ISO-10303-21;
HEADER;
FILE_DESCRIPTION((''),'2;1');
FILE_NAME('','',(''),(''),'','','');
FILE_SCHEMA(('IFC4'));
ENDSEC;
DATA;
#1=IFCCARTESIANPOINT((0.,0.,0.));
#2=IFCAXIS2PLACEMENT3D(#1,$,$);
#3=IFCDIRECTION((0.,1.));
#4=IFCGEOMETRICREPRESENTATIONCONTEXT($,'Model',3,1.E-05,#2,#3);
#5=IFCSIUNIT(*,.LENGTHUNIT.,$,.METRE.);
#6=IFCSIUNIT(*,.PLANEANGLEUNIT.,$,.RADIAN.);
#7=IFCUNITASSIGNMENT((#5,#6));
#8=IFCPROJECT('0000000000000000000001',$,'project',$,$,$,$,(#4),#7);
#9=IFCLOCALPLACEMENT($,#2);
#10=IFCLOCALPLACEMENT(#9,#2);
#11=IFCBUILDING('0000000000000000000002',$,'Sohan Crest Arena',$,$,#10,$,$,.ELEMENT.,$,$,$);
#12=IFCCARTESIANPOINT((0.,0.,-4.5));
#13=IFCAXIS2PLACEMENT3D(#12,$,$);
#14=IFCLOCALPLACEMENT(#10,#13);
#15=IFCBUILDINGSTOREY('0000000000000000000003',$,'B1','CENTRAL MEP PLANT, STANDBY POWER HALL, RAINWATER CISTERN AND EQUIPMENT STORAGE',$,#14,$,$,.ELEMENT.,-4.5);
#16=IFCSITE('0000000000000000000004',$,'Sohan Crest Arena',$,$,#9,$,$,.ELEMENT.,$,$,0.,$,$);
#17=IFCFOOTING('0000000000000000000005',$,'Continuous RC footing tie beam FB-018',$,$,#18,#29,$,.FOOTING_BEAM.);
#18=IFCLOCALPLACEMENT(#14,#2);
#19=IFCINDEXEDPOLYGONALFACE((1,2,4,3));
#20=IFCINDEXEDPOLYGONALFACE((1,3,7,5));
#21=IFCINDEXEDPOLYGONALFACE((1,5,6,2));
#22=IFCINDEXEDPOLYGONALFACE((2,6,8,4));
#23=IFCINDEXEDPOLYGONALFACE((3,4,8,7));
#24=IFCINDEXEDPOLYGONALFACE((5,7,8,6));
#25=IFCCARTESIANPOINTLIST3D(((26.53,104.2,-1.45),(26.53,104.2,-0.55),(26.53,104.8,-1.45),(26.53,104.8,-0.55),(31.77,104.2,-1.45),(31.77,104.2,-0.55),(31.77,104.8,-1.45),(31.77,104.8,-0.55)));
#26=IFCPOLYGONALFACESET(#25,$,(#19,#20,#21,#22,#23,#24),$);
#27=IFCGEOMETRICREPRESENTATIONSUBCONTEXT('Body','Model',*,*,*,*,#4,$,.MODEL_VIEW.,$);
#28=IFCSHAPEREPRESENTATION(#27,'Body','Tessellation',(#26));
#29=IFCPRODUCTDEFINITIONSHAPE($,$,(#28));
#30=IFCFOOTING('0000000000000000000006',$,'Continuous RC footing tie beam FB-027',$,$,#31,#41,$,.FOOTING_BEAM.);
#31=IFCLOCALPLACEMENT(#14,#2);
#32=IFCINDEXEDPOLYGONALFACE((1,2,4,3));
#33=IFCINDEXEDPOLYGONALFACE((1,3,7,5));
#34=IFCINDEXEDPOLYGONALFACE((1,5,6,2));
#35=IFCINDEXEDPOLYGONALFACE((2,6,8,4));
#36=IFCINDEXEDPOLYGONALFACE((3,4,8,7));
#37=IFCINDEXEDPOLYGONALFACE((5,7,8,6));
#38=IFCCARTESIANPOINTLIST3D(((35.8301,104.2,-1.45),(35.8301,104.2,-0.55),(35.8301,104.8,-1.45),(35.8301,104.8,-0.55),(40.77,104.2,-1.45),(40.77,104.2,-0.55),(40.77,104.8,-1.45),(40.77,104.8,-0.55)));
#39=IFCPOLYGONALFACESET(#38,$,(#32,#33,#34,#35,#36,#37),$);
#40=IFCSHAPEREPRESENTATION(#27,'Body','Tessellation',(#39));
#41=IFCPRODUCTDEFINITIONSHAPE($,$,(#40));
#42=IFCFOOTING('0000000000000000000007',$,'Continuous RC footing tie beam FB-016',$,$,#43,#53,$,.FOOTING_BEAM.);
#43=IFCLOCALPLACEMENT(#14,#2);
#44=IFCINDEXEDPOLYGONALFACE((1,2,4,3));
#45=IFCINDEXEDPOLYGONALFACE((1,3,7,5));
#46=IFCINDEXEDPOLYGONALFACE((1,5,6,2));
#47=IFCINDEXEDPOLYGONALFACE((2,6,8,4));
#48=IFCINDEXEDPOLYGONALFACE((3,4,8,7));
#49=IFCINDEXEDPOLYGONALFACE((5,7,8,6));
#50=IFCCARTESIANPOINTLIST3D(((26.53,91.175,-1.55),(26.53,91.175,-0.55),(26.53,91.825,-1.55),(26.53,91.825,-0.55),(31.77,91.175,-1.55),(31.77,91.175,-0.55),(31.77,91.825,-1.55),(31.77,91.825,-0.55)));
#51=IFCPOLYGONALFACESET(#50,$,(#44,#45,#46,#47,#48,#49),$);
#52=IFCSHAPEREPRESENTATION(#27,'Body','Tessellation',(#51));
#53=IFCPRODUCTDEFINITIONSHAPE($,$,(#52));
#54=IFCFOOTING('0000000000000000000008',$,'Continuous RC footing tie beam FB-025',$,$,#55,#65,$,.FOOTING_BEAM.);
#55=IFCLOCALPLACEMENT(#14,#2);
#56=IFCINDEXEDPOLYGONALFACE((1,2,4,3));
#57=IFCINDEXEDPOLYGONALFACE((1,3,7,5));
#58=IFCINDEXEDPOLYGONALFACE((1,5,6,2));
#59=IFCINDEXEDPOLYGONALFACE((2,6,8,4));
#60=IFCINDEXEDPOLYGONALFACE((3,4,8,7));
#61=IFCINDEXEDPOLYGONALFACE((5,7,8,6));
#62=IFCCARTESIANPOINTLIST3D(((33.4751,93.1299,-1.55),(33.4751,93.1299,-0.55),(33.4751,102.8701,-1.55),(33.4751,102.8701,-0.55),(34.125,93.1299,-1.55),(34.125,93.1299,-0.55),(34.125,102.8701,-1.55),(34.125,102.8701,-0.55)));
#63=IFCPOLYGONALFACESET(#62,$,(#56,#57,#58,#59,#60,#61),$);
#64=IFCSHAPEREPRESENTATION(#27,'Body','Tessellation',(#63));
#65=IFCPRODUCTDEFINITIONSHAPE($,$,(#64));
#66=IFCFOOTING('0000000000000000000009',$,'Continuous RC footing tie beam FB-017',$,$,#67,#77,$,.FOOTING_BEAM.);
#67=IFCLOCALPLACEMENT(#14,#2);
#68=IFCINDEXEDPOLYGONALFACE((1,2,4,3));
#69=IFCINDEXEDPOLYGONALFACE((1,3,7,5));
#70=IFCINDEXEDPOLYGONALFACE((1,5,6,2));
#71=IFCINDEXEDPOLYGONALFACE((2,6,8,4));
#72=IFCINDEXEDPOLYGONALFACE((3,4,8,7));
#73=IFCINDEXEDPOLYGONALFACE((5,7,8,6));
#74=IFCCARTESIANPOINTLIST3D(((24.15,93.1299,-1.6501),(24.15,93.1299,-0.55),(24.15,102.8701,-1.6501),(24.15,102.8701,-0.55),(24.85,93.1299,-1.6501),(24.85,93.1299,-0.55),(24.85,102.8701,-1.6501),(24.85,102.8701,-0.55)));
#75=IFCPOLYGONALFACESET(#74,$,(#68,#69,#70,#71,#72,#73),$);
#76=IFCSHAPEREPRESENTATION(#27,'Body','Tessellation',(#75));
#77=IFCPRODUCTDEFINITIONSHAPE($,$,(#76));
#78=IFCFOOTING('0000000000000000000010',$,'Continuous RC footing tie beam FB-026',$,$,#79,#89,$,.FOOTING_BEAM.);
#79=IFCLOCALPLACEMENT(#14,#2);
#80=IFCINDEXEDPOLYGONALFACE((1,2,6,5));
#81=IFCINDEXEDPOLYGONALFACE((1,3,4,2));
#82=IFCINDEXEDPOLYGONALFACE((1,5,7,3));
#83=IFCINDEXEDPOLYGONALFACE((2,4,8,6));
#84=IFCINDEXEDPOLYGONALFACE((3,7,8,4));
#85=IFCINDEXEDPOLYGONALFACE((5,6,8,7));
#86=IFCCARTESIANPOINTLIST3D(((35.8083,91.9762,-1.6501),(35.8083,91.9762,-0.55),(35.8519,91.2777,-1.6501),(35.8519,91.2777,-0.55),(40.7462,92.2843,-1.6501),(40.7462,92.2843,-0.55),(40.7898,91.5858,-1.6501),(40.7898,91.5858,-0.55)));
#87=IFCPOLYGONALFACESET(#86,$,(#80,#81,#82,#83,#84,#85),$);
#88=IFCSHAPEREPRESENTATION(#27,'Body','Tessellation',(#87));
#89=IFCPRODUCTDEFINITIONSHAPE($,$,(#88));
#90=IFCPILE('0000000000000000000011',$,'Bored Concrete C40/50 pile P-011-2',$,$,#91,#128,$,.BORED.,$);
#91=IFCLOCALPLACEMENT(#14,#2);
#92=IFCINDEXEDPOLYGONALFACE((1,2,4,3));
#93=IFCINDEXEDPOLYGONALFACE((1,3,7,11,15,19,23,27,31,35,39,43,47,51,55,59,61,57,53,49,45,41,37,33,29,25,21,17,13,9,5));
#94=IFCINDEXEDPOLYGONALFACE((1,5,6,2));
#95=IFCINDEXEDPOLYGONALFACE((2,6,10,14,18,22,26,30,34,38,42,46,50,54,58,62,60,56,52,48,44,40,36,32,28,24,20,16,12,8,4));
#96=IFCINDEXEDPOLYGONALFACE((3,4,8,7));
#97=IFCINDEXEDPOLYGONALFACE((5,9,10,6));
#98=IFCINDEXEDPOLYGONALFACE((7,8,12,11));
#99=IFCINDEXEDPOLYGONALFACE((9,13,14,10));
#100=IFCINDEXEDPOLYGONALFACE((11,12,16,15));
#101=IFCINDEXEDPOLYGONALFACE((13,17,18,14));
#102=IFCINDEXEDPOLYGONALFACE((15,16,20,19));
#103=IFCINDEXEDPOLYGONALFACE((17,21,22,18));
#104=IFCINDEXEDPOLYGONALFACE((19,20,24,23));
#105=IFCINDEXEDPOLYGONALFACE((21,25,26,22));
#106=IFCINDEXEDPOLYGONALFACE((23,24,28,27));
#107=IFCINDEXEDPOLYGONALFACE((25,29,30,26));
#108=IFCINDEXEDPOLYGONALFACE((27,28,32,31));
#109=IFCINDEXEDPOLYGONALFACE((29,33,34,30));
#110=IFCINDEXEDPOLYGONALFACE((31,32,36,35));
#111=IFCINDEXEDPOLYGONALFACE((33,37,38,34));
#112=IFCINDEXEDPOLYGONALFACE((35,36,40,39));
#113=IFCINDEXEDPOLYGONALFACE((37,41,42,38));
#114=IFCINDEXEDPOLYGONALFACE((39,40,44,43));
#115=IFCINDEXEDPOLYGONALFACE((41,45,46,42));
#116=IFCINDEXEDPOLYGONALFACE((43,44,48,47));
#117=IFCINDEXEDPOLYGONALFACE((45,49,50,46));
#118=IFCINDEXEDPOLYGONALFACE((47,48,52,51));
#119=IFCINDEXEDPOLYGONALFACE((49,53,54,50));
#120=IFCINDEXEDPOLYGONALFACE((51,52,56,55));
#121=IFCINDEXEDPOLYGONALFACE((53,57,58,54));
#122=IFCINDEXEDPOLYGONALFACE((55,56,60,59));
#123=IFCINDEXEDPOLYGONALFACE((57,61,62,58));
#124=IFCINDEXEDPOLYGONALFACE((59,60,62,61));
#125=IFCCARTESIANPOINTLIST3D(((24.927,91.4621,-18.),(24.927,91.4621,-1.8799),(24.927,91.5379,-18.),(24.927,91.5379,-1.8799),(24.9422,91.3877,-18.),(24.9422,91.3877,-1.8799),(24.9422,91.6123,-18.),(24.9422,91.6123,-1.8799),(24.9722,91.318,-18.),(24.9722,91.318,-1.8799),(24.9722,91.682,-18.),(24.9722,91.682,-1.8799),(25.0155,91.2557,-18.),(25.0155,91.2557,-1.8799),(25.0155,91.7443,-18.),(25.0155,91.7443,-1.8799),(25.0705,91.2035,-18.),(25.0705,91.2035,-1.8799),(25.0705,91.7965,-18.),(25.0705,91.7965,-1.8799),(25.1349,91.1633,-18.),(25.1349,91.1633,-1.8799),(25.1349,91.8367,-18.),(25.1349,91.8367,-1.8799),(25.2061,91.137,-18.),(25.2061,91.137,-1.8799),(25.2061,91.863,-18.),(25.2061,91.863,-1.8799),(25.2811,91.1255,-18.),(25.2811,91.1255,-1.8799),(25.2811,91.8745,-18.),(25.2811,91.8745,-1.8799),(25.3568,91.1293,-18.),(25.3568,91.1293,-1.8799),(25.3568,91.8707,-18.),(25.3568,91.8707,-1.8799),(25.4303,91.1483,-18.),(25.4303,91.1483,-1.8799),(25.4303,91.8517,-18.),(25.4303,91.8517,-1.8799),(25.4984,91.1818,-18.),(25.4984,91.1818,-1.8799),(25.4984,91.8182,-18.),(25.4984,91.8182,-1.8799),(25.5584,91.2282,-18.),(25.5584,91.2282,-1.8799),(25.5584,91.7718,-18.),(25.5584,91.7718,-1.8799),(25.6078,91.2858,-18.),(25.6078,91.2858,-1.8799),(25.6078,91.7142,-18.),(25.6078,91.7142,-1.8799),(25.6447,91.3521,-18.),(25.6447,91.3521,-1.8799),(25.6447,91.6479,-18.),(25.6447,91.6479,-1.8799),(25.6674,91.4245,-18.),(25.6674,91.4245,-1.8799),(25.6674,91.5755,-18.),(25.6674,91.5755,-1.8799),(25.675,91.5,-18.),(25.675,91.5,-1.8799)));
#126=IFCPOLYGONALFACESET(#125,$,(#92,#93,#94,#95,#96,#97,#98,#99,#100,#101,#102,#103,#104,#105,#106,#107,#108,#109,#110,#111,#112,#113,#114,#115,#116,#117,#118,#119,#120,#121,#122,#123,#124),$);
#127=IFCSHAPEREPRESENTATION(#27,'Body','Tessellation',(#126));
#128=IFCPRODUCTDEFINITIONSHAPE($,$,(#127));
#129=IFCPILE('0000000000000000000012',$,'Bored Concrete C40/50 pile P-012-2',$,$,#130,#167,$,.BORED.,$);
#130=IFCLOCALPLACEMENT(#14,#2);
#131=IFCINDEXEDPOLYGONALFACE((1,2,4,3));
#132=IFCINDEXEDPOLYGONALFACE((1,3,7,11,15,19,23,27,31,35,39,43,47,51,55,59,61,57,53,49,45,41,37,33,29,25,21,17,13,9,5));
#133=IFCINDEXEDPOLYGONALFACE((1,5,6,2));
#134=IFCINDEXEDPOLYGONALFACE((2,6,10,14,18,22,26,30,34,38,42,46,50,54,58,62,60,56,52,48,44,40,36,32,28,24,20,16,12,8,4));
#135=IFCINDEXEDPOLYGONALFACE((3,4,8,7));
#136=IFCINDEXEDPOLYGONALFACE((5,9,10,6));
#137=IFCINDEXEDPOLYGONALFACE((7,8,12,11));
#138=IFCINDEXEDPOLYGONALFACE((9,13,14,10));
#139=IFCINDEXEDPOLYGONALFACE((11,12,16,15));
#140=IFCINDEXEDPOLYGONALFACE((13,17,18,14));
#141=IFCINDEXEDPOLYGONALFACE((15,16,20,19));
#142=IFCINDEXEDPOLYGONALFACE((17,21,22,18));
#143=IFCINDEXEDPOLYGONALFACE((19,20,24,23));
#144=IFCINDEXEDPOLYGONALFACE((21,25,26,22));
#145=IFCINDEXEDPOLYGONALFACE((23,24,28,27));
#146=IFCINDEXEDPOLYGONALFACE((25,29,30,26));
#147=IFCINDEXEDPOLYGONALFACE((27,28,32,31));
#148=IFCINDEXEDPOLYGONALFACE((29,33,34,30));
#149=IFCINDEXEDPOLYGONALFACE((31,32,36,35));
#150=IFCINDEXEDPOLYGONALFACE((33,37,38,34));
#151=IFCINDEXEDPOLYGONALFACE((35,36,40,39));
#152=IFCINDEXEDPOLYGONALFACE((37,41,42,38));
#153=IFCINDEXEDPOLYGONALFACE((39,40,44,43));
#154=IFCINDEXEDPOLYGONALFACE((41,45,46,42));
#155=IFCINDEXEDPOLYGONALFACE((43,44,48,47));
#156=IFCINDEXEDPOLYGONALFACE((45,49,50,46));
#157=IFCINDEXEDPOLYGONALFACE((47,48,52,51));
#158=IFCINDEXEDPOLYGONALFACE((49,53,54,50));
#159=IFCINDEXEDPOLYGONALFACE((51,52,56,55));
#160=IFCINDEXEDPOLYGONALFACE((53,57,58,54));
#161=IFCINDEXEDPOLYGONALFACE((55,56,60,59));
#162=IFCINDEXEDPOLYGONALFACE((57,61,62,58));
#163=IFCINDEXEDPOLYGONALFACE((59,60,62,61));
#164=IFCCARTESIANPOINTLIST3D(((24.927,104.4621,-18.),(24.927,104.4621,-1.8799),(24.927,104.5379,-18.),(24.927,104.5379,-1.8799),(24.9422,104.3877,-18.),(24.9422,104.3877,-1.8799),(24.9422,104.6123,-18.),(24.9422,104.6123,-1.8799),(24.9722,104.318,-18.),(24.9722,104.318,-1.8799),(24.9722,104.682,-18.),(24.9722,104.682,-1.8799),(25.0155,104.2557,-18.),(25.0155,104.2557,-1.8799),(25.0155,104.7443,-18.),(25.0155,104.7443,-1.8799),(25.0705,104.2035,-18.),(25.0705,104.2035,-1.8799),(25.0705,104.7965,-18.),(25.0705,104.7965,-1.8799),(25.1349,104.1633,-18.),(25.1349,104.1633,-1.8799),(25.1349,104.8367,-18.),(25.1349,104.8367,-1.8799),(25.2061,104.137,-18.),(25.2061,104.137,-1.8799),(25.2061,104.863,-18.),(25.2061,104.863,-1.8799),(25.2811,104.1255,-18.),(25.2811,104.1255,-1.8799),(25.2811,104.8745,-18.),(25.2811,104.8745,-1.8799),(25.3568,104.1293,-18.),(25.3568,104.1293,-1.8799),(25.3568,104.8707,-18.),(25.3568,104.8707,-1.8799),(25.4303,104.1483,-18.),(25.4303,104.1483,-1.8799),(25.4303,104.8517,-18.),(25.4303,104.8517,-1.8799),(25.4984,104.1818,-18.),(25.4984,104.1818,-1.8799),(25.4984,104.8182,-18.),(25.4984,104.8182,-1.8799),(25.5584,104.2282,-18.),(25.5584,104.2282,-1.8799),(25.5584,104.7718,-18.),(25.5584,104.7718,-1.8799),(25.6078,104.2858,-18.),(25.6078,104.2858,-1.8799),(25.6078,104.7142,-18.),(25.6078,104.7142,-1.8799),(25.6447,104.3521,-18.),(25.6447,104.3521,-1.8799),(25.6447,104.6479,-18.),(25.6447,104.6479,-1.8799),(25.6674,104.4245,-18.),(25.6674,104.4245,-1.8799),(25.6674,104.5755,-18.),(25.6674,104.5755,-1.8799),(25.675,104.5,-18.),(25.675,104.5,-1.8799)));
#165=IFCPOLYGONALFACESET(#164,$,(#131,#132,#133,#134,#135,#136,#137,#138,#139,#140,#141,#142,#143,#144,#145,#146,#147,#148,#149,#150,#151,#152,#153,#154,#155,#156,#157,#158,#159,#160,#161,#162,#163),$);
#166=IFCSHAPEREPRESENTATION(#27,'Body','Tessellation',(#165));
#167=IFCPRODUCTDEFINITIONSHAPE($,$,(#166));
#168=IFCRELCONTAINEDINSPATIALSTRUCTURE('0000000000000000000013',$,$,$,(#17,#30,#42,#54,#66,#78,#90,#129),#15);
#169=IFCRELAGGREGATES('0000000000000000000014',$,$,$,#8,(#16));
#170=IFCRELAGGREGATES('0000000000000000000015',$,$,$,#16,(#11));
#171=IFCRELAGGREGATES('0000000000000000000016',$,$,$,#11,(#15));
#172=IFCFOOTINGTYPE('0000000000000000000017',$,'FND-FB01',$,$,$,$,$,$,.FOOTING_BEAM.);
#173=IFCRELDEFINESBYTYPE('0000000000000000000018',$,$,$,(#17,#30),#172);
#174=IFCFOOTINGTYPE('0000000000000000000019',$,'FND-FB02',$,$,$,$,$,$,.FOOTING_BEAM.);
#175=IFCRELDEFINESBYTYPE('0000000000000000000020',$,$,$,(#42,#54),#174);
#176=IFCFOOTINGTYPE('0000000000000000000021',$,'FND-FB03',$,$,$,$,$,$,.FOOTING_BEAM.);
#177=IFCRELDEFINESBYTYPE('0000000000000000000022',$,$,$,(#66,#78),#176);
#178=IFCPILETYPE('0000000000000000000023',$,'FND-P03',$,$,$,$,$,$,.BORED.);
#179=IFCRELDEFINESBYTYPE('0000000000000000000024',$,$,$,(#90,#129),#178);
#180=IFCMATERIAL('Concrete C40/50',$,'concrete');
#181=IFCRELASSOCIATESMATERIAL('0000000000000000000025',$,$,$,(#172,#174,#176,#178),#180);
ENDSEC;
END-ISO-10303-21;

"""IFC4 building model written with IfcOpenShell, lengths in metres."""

from ifc_helpers import new_model, si_unit, direction, frame, origin, origin_2d, place, context, subcontext, project, spatial, rectangle, circle, extrude, material, material_profile, profile_set, type_object, element, save


model = new_model("IFC4")

# Units and contexts
model_context = context("Model", 3, precision=1e-05, world=origin(), true_north=direction((0.0, 1.0)))
body_context = subcontext(model_context, "Body", "Model", "MODEL_VIEW")
ifc_project = project(units=[si_unit("LENGTHUNIT", "METRE"), si_unit("PLANEANGLEUNIT", "RADIAN")], contexts=[model_context])

# Site, building, storey
site_placement = place(None, origin())
site = spatial("IfcSite", under=ifc_project, at=site_placement, Name="Sohan Crest Arena", CompositionType="ELEMENT", RefElevation=0.0)
building_placement = place(site_placement, origin())
building = spatial("IfcBuilding", under=site, at=building_placement, Name="Sohan Crest Arena", CompositionType="ELEMENT")
storey_placement = place(building_placement, frame((0.0, 0.0, -4.5)))
storey = spatial("IfcBuildingStorey", under=building, at=storey_placement, Name="B1", Description="CENTRAL MEP PLANT, STANDBY POWER HALL, RAINWATER CISTERN AND EQUIPMENT STORAGE", CompositionType="ELEMENT", Elevation=-4.5)

# Footings
ifc_material = material(Name="Concrete C40/50", Category="concrete")
ifc_material_profile_1 = material_profile(ifc_material, rectangle(XDim=0.6001, YDim=0.8999, at=origin_2d()), Name="RC-FB 600x900")
ifc_profile_set_1 = profile_set([ifc_material_profile_1], Name="Concrete C40/50")
footing_type_1 = type_object("IfcFootingType", Name="FND-FB01", PredefinedType="FOOTING_BEAM", material=ifc_profile_set_1)
footing_1_placement = place(storey_placement, frame((26.53, 104.5, -1.0), z_axis=(1.0, 0.0, 0.0), x_axis=(0.0, 1.0, 0.0)))
element("IfcFooting", 1, at=footing_1_placement, inside=storey, type_object=footing_type_1, Name="Continuous RC footing tie beam FB-018", PredefinedType="FOOTING_BEAM", context=body_context, shape_type="SweptSolid", body=[
    extrude(rectangle(XDim=0.6001, YDim=0.8999, at=origin_2d()), origin(), (0.0, 0.0, 1.0), 5.24),
])
footing_2_placement = place(storey_placement, frame((35.8301, 104.5, -1.0), z_axis=(1.0, 0.0, 0.0), x_axis=(0.0, 1.0, 0.0)))
element("IfcFooting", 2, at=footing_2_placement, inside=storey, type_object=footing_type_1, Name="Continuous RC footing tie beam FB-027", PredefinedType="FOOTING_BEAM", context=body_context, shape_type="SweptSolid", body=[
    extrude(rectangle(XDim=0.6001, YDim=0.8999, at=origin_2d()), origin(), (0.0, 0.0, 1.0), 4.9399),
])
ifc_material_profile_2 = material_profile(ifc_material, rectangle(XDim=0.6499, YDim=1.0, at=origin_2d()), Name="RC-FB 650x1000")
ifc_profile_set_2 = profile_set([ifc_material_profile_2], Name="Concrete C40/50")
footing_type_2 = type_object("IfcFootingType", Name="FND-FB02", PredefinedType="FOOTING_BEAM", material=ifc_profile_set_2)
footing_3_placement = place(storey_placement, frame((26.53, 91.5, -1.05), z_axis=(1.0, 0.0, 0.0), x_axis=(0.0, 1.0, 0.0)))
element("IfcFooting", 3, at=footing_3_placement, inside=storey, type_object=footing_type_2, Name="Continuous RC footing tie beam FB-016", PredefinedType="FOOTING_BEAM", context=body_context, shape_type="SweptSolid", body=[
    extrude(rectangle(XDim=0.6499, YDim=1.0, at=origin_2d()), origin(), (0.0, 0.0, 1.0), 5.24),
])
footing_4_placement = place(storey_placement, frame((33.8, 93.1299, -1.05), z_axis=(0.0, 1.0, 0.0), x_axis=(-1.0, 0.0, 0.0)))
element("IfcFooting", 4, at=footing_4_placement, inside=storey, type_object=footing_type_2, Name="Continuous RC footing tie beam FB-025", PredefinedType="FOOTING_BEAM", context=body_context, shape_type="SweptSolid", body=[
    extrude(rectangle(XDim=0.6499, YDim=1.0, at=origin_2d()), origin(), (0.0, 0.0, 1.0), 9.7402),
])
ifc_material_profile_3 = material_profile(ifc_material, rectangle(XDim=0.7, YDim=1.1001, at=origin_2d()), Name="RC-FB 700x1100")
ifc_profile_set_3 = profile_set([ifc_material_profile_3], Name="Concrete C40/50")
footing_type_3 = type_object("IfcFootingType", Name="FND-FB03", PredefinedType="FOOTING_BEAM", material=ifc_profile_set_3)
footing_5_placement = place(storey_placement, frame((24.5, 93.1299, -1.1001), z_axis=(0.0, 1.0, 0.0), x_axis=(-1.0, 0.0, 0.0)))
element("IfcFooting", 5, at=footing_5_placement, inside=storey, type_object=footing_type_3, Name="Continuous RC footing tie beam FB-017", PredefinedType="FOOTING_BEAM", context=body_context, shape_type="SweptSolid", body=[
    extrude(rectangle(XDim=0.7, YDim=1.1001, at=origin_2d()), origin(), (0.0, 0.0, 1.0), 9.7402),
])
footing_6_placement = place(storey_placement, frame((35.8301, 91.627, -1.1001), z_axis=(0.998059, 0.062274, 0.0), x_axis=(-0.062274, 0.998059, 0.0)))
element("IfcFooting", 6, at=footing_6_placement, inside=storey, type_object=footing_type_3, Name="Continuous RC footing tie beam FB-026", PredefinedType="FOOTING_BEAM", context=body_context, shape_type="SweptSolid", body=[
    extrude(rectangle(XDim=0.7, YDim=1.1001, at=origin_2d()), origin(), (0.0, 0.0, 1.0), 4.9475),
])

# Piles
ifc_material_profile_4 = material_profile(ifc_material, circle(Radius=0.375, at=origin_2d()), Name="PILE D750")
ifc_profile_set_4 = profile_set([ifc_material_profile_4], Name="Concrete C40/50")
pile_type = type_object("IfcPileType", Name="FND-P03", PredefinedType="BORED", material=ifc_profile_set_4)
for number, where, z_axis, x_axis, name in (
    (7, (25.3, 91.5, -18.0), (0.0, 0.0, 1.0), (1.0, 0.0, 0.0), "Bored Concrete C40/50 pile P-011-2"),
    (8, (25.3, 104.5, -18.0), (0.0, 0.0, 1.0), (1.0, 0.0, 0.0), "Bored Concrete C40/50 pile P-012-2"),
):
    element("IfcPile", number, at=place(storey_placement, frame(where, z_axis=z_axis, x_axis=x_axis)), inside=storey, type_object=pile_type, Name=name, PredefinedType="BORED", context=body_context, shape_type="SweptSolid", body=[
        extrude(circle(Radius=0.375, at=origin_2d()), origin(), (0.0, 0.0, 1.0), 16.1201),
    ])

save(model, "model.ifc")
